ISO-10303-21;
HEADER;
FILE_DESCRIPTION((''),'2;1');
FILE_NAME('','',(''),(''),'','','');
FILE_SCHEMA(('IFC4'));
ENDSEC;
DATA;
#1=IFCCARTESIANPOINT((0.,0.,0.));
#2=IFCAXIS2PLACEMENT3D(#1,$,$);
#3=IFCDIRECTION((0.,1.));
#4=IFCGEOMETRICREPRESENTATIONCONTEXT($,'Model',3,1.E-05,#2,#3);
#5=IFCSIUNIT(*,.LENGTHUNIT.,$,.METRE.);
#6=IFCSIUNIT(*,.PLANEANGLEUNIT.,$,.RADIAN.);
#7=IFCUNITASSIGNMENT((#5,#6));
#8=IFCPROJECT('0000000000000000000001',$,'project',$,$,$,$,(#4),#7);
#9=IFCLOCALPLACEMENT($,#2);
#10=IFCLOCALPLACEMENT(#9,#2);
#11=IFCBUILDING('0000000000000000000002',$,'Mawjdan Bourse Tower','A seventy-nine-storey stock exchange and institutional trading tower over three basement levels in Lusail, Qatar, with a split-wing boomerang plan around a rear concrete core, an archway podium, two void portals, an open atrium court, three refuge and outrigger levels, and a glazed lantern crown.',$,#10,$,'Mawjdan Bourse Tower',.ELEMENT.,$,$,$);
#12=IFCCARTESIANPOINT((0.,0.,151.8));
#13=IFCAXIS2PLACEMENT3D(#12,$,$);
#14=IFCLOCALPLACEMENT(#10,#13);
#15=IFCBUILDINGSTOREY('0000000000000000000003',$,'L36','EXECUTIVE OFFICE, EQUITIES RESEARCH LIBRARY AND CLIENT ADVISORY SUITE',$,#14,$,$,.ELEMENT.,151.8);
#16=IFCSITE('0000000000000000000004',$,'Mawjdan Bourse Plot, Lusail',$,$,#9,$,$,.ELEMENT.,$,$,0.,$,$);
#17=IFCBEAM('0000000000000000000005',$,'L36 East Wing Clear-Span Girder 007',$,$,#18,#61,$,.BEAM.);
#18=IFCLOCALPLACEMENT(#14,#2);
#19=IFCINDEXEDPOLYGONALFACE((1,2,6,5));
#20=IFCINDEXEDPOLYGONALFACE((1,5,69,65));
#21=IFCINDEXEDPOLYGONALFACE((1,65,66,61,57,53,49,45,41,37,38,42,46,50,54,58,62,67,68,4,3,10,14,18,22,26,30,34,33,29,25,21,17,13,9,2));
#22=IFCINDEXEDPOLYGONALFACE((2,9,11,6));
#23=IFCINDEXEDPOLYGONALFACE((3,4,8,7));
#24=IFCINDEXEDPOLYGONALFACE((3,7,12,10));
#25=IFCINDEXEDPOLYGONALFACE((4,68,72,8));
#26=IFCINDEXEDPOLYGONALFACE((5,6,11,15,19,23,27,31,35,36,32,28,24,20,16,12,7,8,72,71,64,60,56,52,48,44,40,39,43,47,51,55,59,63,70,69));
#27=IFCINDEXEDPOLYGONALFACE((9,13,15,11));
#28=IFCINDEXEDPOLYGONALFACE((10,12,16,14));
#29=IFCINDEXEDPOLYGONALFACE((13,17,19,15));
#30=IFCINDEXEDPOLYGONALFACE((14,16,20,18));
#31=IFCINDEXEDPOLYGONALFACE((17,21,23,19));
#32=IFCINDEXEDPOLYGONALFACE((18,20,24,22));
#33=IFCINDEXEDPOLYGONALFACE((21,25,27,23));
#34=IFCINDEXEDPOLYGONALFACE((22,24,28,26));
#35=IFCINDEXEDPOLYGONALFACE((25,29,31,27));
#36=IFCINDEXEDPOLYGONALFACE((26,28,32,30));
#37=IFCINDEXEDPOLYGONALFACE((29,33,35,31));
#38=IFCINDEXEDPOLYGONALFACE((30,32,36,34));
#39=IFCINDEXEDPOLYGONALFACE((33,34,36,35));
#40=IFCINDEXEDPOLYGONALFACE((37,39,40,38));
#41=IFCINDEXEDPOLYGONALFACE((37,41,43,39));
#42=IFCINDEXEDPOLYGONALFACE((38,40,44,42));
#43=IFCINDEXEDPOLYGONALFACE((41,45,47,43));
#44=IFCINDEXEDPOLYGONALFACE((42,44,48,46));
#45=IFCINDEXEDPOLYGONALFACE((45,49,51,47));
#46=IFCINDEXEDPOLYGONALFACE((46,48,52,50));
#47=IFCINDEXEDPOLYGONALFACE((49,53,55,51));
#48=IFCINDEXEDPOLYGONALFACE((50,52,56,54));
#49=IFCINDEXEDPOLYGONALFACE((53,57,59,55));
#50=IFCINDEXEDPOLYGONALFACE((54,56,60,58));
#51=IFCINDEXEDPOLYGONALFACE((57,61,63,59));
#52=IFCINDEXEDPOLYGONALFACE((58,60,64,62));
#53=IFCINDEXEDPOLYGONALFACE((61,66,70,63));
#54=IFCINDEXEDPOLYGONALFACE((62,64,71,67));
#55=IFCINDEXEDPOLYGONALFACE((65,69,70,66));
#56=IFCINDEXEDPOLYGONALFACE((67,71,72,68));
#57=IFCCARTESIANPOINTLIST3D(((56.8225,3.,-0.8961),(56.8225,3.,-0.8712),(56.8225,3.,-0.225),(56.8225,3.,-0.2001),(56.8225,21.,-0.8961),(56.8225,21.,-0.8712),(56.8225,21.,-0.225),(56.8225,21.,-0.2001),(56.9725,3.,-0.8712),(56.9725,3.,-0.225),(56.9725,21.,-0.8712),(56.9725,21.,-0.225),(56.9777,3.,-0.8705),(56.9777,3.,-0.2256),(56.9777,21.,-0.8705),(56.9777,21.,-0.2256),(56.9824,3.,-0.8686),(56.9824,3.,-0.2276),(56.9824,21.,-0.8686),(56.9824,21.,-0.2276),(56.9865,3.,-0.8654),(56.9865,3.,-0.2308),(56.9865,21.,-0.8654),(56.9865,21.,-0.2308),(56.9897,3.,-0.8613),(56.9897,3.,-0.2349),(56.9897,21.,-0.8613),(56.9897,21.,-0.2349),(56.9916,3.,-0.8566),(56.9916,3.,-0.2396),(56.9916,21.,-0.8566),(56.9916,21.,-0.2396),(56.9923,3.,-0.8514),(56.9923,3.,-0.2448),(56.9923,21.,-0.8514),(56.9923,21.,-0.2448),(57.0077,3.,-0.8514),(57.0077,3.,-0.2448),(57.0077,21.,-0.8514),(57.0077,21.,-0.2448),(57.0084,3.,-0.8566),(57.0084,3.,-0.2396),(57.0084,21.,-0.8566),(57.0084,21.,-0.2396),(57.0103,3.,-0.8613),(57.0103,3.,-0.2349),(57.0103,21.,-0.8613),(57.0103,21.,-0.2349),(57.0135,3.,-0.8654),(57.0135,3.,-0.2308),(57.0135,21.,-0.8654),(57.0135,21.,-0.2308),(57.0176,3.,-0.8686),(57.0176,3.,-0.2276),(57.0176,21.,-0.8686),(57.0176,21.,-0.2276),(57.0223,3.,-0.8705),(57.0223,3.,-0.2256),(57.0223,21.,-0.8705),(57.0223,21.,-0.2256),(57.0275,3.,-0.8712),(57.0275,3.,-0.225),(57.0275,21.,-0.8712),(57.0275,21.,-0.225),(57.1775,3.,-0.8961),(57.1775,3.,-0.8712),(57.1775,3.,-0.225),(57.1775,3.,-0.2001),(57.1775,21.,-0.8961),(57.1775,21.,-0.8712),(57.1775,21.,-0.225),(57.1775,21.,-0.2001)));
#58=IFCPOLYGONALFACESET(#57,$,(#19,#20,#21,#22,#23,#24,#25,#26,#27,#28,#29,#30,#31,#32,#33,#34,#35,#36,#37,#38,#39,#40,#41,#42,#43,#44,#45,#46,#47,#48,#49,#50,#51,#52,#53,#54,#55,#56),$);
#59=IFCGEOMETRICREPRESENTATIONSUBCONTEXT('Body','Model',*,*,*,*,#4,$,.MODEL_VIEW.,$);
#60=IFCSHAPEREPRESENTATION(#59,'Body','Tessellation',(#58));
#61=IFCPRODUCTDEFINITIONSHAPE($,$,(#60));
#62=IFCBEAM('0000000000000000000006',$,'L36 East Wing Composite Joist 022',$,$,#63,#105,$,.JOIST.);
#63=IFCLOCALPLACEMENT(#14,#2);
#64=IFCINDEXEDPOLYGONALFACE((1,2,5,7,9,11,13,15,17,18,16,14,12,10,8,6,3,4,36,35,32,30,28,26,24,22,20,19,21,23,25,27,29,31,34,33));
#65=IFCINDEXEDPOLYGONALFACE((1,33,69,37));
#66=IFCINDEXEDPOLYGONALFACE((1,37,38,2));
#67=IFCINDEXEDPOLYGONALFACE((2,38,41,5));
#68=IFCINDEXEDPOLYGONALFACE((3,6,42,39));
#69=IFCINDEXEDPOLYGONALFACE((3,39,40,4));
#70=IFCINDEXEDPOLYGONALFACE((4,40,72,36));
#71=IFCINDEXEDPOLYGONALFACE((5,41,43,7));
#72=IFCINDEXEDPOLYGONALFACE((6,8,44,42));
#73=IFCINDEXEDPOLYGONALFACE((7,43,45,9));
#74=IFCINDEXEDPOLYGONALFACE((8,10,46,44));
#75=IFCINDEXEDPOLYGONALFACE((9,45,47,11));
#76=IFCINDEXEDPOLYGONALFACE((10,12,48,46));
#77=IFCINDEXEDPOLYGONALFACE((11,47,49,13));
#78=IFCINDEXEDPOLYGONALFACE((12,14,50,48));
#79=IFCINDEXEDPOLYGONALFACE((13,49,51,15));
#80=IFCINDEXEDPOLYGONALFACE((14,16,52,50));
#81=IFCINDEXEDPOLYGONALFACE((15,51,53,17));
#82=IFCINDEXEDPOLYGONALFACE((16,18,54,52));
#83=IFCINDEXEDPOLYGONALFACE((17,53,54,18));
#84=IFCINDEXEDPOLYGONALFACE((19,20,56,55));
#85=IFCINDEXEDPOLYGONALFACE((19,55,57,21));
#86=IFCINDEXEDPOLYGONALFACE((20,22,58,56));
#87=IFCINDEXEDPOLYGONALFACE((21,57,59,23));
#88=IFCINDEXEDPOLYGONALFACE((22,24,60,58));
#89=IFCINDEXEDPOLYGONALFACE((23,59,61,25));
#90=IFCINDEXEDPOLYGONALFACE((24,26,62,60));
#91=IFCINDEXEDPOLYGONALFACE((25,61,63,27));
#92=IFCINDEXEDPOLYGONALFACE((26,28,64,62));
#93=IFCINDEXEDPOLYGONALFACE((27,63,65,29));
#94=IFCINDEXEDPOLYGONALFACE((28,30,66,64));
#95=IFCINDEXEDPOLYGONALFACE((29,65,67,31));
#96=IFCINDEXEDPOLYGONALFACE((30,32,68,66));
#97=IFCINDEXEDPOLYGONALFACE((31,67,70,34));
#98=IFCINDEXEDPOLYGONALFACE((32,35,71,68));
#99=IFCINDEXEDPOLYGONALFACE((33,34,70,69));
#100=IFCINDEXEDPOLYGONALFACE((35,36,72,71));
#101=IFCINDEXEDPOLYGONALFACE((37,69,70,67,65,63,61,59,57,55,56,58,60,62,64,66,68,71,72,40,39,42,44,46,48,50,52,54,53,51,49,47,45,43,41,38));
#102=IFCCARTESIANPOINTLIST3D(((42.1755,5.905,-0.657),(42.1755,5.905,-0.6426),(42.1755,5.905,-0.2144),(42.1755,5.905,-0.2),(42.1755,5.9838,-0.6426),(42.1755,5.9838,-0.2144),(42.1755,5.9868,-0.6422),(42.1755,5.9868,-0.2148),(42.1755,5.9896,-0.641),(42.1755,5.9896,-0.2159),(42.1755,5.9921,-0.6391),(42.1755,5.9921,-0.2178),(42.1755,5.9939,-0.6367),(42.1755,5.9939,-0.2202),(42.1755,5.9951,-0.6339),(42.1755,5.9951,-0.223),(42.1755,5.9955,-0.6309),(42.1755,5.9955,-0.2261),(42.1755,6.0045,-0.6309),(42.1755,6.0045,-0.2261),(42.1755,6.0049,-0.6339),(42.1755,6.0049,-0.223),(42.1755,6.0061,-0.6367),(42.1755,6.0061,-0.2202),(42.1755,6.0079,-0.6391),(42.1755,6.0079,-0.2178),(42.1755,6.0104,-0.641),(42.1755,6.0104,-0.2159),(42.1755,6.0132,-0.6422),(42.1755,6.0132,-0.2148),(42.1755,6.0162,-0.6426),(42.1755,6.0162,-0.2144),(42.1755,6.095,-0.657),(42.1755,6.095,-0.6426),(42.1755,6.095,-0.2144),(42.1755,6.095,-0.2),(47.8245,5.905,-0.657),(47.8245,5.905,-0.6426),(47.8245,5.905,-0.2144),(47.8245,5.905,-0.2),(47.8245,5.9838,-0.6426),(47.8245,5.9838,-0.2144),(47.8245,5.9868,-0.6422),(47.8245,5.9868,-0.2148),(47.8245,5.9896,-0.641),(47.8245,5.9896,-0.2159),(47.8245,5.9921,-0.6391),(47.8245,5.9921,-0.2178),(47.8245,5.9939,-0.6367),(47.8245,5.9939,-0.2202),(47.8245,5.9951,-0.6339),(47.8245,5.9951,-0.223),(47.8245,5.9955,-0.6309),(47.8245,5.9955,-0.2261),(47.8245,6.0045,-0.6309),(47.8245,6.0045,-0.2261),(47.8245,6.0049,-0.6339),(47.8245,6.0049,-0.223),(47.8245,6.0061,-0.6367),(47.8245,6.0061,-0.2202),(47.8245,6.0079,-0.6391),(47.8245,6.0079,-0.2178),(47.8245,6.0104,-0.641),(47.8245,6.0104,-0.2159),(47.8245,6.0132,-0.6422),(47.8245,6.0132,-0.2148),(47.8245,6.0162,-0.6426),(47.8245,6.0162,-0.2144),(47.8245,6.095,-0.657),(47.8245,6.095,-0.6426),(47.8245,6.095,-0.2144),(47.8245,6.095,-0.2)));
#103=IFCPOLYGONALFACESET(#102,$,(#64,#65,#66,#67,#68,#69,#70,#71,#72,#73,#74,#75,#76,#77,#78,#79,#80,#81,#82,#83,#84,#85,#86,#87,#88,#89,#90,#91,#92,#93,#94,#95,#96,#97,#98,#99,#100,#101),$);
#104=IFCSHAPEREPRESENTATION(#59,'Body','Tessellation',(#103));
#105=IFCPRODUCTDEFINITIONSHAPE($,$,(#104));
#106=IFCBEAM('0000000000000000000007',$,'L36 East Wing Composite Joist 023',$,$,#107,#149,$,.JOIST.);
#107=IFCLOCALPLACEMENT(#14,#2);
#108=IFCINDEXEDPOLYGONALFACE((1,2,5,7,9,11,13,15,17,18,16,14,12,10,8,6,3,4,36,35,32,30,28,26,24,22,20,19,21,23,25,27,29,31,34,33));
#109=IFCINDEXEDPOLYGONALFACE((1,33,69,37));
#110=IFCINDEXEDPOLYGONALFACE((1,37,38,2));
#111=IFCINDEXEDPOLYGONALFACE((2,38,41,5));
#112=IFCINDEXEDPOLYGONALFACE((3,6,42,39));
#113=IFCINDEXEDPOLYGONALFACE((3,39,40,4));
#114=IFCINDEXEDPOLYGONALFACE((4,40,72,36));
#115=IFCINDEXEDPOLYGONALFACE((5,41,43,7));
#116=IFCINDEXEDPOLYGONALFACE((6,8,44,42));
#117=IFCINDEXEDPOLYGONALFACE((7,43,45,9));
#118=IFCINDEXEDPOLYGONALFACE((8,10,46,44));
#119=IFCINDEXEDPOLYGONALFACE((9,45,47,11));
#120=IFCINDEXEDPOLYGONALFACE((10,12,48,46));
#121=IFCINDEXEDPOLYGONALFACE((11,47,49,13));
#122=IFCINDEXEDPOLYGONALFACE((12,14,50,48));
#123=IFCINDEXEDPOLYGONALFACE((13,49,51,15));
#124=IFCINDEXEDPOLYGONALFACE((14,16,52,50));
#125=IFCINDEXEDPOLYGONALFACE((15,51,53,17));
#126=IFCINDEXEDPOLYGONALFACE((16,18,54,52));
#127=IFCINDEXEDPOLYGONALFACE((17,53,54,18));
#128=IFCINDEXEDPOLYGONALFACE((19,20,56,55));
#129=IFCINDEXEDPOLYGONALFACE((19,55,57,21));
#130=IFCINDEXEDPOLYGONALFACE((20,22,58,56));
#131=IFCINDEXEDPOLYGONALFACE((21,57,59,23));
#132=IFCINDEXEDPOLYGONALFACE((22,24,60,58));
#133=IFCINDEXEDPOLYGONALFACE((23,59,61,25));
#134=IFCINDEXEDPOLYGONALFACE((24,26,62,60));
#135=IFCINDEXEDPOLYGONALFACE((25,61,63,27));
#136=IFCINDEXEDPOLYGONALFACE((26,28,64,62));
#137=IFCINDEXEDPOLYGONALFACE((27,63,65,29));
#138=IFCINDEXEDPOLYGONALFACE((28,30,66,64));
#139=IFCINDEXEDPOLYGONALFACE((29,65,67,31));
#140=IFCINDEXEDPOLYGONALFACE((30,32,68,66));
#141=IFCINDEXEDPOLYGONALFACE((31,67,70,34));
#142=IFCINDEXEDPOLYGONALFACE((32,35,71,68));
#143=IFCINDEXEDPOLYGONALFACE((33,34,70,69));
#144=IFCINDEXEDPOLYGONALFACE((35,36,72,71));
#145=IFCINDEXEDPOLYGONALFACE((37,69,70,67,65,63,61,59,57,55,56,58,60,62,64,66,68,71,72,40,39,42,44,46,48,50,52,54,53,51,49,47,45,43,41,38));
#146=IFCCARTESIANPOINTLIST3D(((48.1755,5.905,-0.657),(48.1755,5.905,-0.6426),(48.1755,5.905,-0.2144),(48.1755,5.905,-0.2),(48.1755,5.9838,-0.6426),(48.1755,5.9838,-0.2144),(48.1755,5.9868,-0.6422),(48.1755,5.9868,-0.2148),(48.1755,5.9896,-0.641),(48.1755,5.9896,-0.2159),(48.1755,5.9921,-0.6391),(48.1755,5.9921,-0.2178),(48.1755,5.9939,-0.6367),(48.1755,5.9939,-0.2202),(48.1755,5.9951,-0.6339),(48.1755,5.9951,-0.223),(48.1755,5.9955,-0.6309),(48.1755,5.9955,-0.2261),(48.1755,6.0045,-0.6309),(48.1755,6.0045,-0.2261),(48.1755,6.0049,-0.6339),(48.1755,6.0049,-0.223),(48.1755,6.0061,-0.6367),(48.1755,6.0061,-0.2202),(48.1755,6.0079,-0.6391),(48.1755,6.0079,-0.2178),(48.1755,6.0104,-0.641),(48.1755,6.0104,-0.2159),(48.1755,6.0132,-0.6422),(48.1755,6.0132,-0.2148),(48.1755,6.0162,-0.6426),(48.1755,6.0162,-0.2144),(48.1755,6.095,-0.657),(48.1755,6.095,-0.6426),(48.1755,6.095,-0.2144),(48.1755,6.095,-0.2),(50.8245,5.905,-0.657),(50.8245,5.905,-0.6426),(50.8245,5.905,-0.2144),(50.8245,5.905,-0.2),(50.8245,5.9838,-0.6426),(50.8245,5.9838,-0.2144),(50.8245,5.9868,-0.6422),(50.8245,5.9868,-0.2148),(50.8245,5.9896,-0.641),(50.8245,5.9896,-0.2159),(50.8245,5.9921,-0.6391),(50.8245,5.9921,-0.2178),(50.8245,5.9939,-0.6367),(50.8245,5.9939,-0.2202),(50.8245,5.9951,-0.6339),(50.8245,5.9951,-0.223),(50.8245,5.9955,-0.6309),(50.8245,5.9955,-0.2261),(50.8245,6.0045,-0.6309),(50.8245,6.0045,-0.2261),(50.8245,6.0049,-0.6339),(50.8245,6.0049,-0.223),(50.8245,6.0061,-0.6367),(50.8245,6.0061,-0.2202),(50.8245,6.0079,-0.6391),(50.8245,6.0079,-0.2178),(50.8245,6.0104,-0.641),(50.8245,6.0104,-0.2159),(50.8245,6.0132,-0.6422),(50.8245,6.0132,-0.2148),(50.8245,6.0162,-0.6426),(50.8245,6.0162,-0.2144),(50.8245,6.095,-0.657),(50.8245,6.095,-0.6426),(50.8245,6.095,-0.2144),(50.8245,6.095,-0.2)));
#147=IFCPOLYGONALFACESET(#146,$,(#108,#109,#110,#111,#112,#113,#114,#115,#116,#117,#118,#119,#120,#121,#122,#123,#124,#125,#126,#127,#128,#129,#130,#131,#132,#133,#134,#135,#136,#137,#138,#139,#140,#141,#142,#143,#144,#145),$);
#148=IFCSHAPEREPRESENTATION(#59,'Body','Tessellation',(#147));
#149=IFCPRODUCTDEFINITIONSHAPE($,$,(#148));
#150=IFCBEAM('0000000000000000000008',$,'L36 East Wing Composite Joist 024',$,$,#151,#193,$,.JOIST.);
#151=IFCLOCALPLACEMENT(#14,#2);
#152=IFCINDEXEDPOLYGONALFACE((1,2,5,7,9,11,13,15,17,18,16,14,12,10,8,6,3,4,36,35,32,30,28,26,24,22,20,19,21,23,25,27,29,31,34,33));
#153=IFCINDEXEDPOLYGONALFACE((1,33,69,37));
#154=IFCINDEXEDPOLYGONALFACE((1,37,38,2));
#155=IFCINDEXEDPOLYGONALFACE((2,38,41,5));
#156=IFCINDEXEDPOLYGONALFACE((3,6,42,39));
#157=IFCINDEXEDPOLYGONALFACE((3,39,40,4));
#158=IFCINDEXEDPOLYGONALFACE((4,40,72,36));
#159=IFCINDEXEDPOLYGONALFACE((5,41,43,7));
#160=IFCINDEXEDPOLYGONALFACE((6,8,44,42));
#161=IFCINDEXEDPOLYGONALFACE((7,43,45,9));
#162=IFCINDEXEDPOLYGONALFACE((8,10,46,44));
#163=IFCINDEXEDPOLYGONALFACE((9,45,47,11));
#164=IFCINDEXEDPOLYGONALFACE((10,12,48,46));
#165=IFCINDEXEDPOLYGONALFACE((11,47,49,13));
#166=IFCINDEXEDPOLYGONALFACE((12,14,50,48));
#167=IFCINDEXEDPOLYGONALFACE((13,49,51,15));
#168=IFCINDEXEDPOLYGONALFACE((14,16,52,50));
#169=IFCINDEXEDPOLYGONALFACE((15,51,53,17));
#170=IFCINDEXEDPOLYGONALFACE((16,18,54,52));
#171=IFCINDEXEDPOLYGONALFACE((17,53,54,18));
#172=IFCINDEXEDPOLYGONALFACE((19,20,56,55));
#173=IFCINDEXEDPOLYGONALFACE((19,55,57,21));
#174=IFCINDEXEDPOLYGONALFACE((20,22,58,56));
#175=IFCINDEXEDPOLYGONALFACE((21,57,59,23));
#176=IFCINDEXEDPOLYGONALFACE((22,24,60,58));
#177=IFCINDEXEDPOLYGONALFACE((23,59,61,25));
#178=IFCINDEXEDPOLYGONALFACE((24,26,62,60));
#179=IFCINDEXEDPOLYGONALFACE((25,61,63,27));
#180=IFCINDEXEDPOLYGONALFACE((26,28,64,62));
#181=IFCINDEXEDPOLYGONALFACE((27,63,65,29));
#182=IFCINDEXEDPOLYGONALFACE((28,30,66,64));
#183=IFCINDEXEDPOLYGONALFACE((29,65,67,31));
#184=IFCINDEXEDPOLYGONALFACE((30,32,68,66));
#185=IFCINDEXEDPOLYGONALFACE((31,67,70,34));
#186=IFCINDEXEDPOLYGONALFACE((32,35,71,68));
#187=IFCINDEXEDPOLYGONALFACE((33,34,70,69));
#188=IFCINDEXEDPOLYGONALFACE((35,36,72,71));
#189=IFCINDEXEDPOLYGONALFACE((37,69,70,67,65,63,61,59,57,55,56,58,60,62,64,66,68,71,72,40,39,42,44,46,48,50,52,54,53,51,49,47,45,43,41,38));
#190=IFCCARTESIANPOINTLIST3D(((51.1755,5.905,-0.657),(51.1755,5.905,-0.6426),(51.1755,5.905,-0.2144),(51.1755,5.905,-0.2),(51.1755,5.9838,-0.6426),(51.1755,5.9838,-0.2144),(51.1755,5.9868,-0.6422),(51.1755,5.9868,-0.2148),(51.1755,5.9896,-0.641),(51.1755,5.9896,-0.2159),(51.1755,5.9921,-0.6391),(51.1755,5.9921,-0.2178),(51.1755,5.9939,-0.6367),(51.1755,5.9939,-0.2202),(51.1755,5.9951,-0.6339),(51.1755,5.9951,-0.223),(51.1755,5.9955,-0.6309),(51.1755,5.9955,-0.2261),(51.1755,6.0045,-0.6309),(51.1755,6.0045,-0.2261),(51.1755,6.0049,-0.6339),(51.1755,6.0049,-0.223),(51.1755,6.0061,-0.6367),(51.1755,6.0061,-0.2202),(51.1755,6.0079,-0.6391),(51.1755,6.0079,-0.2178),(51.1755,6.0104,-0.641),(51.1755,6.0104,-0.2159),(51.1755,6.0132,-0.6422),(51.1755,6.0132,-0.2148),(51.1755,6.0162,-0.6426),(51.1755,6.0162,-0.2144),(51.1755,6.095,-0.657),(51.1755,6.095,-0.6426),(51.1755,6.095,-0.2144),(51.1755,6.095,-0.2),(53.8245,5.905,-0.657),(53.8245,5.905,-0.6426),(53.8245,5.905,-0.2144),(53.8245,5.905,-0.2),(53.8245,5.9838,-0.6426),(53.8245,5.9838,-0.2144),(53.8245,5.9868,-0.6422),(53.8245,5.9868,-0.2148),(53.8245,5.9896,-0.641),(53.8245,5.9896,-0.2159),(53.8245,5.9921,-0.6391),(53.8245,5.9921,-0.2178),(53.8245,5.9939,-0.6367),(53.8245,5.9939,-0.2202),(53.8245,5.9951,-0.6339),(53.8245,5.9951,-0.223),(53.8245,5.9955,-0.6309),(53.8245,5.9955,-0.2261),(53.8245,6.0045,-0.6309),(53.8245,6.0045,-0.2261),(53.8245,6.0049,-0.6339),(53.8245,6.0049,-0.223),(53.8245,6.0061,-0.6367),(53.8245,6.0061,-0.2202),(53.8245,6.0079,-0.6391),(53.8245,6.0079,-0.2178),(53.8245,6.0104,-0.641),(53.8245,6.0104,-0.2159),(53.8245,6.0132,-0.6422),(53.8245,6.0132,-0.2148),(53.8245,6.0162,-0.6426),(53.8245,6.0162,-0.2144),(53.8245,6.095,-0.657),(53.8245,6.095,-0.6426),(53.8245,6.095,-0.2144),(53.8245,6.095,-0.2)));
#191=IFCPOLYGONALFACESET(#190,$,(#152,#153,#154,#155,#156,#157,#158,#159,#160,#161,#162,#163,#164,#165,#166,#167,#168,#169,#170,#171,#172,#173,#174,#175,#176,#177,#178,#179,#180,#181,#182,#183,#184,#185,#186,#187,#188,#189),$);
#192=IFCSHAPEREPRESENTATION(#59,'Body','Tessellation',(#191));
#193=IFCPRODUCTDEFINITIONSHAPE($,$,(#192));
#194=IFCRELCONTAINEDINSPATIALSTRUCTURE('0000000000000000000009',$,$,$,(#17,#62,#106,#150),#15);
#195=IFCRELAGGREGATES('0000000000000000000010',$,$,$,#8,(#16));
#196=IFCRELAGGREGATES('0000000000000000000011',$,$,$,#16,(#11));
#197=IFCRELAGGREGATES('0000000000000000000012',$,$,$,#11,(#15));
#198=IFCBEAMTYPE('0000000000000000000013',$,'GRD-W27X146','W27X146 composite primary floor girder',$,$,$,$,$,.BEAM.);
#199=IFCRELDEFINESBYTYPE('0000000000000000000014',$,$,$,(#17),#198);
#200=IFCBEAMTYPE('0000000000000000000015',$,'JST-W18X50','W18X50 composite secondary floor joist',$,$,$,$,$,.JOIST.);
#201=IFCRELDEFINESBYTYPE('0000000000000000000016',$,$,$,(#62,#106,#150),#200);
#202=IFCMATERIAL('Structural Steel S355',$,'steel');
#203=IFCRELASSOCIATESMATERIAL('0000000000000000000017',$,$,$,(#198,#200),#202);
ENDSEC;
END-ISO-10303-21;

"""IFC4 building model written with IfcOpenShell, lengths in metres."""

from ifc_helpers import new_model, si_unit, direction, frame, origin, origin_2d, place, context, subcontext, project, spatial, i_section, extrude, material, material_profile, profile_set, type_object, element, save


model = new_model("IFC4")

# Units and contexts
model_context = context("Model", 3, precision=1e-05, world=origin(), true_north=direction((0.0, 1.0)))
body_context = subcontext(model_context, "Body", "Model", "MODEL_VIEW")
ifc_project = project(units=[si_unit("LENGTHUNIT", "METRE"), si_unit("PLANEANGLEUNIT", "RADIAN")], contexts=[model_context])

# Site, building, storey
site_placement = place(None, origin())
site = spatial("IfcSite", under=ifc_project, at=site_placement, Name="Mawjdan Bourse Plot, Lusail", CompositionType="ELEMENT", RefElevation=0.0)
building_placement = place(site_placement, origin())
building = spatial("IfcBuilding", under=site, at=building_placement, Name="Mawjdan Bourse Tower", Description="A seventy-nine-storey stock exchange and institutional trading tower over three basement levels in Lusail, Qatar, with a split-wing boomerang plan around a rear concrete core, an archway podium, two void portals, an open atrium court, three refuge and outrigger levels, and a glazed lantern crown.", LongName="Mawjdan Bourse Tower", CompositionType="ELEMENT")
storey_placement = place(building_placement, frame((0.0, 0.0, 151.8)))
storey = spatial("IfcBuildingStorey", under=building, at=storey_placement, Name="L36", Description="EXECUTIVE OFFICE, EQUITIES RESEARCH LIBRARY AND CLIENT ADVISORY SUITE", CompositionType="ELEMENT", Elevation=151.8)

# Beams
ifc_material_1 = material(Name="Structural Steel S355", Category="steel")
ifc_material_profile_1 = material_profile(ifc_material_1, i_section(OverallWidth=0.355, OverallDepth=0.696, WebThickness=0.0154, FlangeThickness=0.0249, FilletRadius=0.0198, at=origin_2d()), Name="W27X146")
ifc_profile_set_1 = profile_set([ifc_material_profile_1], Name="Structural Steel S355")
beam_type_1 = type_object("IfcBeamType", Name="GRD-W27X146", Description="W27X146 composite primary floor girder", PredefinedType="BEAM", material=ifc_profile_set_1)
for number, where, z_axis, x_axis, name in (
    (1, (57.0, 3.0, -0.5481), (0.0, 1.0, 0.0), (-1.0, 0.0, 0.0), "L36 East Wing Clear-Span Girder 007"),
):
    element("IfcBeam", number, at=place(storey_placement, frame(where, z_axis=z_axis, x_axis=x_axis)), inside=storey, type_object=beam_type_1, Name=name, PredefinedType="BEAM", context=body_context, shape_type="SweptSolid", body=[
        extrude(i_section(OverallWidth=0.355, OverallDepth=0.696, WebThickness=0.0154, FlangeThickness=0.0249, FilletRadius=0.0198, at=origin_2d()), origin(), (0.0, 0.0, 1.0), 18.0),
    ])
ifc_material_profile_2 = material_profile(ifc_material_1, i_section(OverallWidth=0.1899, OverallDepth=0.457, WebThickness=0.009, FlangeThickness=0.0144, FilletRadius=0.0117, at=origin_2d()), Name="W18X50")
ifc_profile_set_2 = profile_set([ifc_material_profile_2], Name="Structural Steel S355")
beam_type_2 = type_object("IfcBeamType", Name="JST-W18X50", Description="W18X50 composite secondary floor joist", PredefinedType="JOIST", material=ifc_profile_set_2)
beam_1_placement = place(storey_placement, frame((42.1755, 6.0, -0.4285), z_axis=(1.0, 0.0, 0.0), x_axis=(0.0, 1.0, 0.0)))
element("IfcBeam", 2, at=beam_1_placement, inside=storey, type_object=beam_type_2, Name="L36 East Wing Composite Joist 022", PredefinedType="JOIST", context=body_context, shape_type="SweptSolid", body=[
    extrude(i_section(OverallWidth=0.1899, OverallDepth=0.457, WebThickness=0.009, FlangeThickness=0.0144, FilletRadius=0.0117, at=origin_2d()), origin(), (0.0, 0.0, 1.0), 5.6489),
])
for number, where, z_axis, x_axis, name in (
    (3, (48.1755, 6.0, -0.4285), (1.0, 0.0, 0.0), (0.0, 1.0, 0.0), "L36 East Wing Composite Joist 023"),
    (4, (51.1755, 6.0, -0.4285), (1.0, 0.0, 0.0), (0.0, 1.0, 0.0), "L36 East Wing Composite Joist 024"),
):
    element("IfcBeam", number, at=place(storey_placement, frame(where, z_axis=z_axis, x_axis=x_axis)), inside=storey, type_object=beam_type_2, Name=name, PredefinedType="JOIST", context=body_context, shape_type="SweptSolid", body=[
        extrude(i_section(OverallWidth=0.1899, OverallDepth=0.457, WebThickness=0.009, FlangeThickness=0.0144, FilletRadius=0.0117, at=origin_2d()), origin(), (0.0, 0.0, 1.0), 2.6489),
    ])

save(model, "model.ifc")
